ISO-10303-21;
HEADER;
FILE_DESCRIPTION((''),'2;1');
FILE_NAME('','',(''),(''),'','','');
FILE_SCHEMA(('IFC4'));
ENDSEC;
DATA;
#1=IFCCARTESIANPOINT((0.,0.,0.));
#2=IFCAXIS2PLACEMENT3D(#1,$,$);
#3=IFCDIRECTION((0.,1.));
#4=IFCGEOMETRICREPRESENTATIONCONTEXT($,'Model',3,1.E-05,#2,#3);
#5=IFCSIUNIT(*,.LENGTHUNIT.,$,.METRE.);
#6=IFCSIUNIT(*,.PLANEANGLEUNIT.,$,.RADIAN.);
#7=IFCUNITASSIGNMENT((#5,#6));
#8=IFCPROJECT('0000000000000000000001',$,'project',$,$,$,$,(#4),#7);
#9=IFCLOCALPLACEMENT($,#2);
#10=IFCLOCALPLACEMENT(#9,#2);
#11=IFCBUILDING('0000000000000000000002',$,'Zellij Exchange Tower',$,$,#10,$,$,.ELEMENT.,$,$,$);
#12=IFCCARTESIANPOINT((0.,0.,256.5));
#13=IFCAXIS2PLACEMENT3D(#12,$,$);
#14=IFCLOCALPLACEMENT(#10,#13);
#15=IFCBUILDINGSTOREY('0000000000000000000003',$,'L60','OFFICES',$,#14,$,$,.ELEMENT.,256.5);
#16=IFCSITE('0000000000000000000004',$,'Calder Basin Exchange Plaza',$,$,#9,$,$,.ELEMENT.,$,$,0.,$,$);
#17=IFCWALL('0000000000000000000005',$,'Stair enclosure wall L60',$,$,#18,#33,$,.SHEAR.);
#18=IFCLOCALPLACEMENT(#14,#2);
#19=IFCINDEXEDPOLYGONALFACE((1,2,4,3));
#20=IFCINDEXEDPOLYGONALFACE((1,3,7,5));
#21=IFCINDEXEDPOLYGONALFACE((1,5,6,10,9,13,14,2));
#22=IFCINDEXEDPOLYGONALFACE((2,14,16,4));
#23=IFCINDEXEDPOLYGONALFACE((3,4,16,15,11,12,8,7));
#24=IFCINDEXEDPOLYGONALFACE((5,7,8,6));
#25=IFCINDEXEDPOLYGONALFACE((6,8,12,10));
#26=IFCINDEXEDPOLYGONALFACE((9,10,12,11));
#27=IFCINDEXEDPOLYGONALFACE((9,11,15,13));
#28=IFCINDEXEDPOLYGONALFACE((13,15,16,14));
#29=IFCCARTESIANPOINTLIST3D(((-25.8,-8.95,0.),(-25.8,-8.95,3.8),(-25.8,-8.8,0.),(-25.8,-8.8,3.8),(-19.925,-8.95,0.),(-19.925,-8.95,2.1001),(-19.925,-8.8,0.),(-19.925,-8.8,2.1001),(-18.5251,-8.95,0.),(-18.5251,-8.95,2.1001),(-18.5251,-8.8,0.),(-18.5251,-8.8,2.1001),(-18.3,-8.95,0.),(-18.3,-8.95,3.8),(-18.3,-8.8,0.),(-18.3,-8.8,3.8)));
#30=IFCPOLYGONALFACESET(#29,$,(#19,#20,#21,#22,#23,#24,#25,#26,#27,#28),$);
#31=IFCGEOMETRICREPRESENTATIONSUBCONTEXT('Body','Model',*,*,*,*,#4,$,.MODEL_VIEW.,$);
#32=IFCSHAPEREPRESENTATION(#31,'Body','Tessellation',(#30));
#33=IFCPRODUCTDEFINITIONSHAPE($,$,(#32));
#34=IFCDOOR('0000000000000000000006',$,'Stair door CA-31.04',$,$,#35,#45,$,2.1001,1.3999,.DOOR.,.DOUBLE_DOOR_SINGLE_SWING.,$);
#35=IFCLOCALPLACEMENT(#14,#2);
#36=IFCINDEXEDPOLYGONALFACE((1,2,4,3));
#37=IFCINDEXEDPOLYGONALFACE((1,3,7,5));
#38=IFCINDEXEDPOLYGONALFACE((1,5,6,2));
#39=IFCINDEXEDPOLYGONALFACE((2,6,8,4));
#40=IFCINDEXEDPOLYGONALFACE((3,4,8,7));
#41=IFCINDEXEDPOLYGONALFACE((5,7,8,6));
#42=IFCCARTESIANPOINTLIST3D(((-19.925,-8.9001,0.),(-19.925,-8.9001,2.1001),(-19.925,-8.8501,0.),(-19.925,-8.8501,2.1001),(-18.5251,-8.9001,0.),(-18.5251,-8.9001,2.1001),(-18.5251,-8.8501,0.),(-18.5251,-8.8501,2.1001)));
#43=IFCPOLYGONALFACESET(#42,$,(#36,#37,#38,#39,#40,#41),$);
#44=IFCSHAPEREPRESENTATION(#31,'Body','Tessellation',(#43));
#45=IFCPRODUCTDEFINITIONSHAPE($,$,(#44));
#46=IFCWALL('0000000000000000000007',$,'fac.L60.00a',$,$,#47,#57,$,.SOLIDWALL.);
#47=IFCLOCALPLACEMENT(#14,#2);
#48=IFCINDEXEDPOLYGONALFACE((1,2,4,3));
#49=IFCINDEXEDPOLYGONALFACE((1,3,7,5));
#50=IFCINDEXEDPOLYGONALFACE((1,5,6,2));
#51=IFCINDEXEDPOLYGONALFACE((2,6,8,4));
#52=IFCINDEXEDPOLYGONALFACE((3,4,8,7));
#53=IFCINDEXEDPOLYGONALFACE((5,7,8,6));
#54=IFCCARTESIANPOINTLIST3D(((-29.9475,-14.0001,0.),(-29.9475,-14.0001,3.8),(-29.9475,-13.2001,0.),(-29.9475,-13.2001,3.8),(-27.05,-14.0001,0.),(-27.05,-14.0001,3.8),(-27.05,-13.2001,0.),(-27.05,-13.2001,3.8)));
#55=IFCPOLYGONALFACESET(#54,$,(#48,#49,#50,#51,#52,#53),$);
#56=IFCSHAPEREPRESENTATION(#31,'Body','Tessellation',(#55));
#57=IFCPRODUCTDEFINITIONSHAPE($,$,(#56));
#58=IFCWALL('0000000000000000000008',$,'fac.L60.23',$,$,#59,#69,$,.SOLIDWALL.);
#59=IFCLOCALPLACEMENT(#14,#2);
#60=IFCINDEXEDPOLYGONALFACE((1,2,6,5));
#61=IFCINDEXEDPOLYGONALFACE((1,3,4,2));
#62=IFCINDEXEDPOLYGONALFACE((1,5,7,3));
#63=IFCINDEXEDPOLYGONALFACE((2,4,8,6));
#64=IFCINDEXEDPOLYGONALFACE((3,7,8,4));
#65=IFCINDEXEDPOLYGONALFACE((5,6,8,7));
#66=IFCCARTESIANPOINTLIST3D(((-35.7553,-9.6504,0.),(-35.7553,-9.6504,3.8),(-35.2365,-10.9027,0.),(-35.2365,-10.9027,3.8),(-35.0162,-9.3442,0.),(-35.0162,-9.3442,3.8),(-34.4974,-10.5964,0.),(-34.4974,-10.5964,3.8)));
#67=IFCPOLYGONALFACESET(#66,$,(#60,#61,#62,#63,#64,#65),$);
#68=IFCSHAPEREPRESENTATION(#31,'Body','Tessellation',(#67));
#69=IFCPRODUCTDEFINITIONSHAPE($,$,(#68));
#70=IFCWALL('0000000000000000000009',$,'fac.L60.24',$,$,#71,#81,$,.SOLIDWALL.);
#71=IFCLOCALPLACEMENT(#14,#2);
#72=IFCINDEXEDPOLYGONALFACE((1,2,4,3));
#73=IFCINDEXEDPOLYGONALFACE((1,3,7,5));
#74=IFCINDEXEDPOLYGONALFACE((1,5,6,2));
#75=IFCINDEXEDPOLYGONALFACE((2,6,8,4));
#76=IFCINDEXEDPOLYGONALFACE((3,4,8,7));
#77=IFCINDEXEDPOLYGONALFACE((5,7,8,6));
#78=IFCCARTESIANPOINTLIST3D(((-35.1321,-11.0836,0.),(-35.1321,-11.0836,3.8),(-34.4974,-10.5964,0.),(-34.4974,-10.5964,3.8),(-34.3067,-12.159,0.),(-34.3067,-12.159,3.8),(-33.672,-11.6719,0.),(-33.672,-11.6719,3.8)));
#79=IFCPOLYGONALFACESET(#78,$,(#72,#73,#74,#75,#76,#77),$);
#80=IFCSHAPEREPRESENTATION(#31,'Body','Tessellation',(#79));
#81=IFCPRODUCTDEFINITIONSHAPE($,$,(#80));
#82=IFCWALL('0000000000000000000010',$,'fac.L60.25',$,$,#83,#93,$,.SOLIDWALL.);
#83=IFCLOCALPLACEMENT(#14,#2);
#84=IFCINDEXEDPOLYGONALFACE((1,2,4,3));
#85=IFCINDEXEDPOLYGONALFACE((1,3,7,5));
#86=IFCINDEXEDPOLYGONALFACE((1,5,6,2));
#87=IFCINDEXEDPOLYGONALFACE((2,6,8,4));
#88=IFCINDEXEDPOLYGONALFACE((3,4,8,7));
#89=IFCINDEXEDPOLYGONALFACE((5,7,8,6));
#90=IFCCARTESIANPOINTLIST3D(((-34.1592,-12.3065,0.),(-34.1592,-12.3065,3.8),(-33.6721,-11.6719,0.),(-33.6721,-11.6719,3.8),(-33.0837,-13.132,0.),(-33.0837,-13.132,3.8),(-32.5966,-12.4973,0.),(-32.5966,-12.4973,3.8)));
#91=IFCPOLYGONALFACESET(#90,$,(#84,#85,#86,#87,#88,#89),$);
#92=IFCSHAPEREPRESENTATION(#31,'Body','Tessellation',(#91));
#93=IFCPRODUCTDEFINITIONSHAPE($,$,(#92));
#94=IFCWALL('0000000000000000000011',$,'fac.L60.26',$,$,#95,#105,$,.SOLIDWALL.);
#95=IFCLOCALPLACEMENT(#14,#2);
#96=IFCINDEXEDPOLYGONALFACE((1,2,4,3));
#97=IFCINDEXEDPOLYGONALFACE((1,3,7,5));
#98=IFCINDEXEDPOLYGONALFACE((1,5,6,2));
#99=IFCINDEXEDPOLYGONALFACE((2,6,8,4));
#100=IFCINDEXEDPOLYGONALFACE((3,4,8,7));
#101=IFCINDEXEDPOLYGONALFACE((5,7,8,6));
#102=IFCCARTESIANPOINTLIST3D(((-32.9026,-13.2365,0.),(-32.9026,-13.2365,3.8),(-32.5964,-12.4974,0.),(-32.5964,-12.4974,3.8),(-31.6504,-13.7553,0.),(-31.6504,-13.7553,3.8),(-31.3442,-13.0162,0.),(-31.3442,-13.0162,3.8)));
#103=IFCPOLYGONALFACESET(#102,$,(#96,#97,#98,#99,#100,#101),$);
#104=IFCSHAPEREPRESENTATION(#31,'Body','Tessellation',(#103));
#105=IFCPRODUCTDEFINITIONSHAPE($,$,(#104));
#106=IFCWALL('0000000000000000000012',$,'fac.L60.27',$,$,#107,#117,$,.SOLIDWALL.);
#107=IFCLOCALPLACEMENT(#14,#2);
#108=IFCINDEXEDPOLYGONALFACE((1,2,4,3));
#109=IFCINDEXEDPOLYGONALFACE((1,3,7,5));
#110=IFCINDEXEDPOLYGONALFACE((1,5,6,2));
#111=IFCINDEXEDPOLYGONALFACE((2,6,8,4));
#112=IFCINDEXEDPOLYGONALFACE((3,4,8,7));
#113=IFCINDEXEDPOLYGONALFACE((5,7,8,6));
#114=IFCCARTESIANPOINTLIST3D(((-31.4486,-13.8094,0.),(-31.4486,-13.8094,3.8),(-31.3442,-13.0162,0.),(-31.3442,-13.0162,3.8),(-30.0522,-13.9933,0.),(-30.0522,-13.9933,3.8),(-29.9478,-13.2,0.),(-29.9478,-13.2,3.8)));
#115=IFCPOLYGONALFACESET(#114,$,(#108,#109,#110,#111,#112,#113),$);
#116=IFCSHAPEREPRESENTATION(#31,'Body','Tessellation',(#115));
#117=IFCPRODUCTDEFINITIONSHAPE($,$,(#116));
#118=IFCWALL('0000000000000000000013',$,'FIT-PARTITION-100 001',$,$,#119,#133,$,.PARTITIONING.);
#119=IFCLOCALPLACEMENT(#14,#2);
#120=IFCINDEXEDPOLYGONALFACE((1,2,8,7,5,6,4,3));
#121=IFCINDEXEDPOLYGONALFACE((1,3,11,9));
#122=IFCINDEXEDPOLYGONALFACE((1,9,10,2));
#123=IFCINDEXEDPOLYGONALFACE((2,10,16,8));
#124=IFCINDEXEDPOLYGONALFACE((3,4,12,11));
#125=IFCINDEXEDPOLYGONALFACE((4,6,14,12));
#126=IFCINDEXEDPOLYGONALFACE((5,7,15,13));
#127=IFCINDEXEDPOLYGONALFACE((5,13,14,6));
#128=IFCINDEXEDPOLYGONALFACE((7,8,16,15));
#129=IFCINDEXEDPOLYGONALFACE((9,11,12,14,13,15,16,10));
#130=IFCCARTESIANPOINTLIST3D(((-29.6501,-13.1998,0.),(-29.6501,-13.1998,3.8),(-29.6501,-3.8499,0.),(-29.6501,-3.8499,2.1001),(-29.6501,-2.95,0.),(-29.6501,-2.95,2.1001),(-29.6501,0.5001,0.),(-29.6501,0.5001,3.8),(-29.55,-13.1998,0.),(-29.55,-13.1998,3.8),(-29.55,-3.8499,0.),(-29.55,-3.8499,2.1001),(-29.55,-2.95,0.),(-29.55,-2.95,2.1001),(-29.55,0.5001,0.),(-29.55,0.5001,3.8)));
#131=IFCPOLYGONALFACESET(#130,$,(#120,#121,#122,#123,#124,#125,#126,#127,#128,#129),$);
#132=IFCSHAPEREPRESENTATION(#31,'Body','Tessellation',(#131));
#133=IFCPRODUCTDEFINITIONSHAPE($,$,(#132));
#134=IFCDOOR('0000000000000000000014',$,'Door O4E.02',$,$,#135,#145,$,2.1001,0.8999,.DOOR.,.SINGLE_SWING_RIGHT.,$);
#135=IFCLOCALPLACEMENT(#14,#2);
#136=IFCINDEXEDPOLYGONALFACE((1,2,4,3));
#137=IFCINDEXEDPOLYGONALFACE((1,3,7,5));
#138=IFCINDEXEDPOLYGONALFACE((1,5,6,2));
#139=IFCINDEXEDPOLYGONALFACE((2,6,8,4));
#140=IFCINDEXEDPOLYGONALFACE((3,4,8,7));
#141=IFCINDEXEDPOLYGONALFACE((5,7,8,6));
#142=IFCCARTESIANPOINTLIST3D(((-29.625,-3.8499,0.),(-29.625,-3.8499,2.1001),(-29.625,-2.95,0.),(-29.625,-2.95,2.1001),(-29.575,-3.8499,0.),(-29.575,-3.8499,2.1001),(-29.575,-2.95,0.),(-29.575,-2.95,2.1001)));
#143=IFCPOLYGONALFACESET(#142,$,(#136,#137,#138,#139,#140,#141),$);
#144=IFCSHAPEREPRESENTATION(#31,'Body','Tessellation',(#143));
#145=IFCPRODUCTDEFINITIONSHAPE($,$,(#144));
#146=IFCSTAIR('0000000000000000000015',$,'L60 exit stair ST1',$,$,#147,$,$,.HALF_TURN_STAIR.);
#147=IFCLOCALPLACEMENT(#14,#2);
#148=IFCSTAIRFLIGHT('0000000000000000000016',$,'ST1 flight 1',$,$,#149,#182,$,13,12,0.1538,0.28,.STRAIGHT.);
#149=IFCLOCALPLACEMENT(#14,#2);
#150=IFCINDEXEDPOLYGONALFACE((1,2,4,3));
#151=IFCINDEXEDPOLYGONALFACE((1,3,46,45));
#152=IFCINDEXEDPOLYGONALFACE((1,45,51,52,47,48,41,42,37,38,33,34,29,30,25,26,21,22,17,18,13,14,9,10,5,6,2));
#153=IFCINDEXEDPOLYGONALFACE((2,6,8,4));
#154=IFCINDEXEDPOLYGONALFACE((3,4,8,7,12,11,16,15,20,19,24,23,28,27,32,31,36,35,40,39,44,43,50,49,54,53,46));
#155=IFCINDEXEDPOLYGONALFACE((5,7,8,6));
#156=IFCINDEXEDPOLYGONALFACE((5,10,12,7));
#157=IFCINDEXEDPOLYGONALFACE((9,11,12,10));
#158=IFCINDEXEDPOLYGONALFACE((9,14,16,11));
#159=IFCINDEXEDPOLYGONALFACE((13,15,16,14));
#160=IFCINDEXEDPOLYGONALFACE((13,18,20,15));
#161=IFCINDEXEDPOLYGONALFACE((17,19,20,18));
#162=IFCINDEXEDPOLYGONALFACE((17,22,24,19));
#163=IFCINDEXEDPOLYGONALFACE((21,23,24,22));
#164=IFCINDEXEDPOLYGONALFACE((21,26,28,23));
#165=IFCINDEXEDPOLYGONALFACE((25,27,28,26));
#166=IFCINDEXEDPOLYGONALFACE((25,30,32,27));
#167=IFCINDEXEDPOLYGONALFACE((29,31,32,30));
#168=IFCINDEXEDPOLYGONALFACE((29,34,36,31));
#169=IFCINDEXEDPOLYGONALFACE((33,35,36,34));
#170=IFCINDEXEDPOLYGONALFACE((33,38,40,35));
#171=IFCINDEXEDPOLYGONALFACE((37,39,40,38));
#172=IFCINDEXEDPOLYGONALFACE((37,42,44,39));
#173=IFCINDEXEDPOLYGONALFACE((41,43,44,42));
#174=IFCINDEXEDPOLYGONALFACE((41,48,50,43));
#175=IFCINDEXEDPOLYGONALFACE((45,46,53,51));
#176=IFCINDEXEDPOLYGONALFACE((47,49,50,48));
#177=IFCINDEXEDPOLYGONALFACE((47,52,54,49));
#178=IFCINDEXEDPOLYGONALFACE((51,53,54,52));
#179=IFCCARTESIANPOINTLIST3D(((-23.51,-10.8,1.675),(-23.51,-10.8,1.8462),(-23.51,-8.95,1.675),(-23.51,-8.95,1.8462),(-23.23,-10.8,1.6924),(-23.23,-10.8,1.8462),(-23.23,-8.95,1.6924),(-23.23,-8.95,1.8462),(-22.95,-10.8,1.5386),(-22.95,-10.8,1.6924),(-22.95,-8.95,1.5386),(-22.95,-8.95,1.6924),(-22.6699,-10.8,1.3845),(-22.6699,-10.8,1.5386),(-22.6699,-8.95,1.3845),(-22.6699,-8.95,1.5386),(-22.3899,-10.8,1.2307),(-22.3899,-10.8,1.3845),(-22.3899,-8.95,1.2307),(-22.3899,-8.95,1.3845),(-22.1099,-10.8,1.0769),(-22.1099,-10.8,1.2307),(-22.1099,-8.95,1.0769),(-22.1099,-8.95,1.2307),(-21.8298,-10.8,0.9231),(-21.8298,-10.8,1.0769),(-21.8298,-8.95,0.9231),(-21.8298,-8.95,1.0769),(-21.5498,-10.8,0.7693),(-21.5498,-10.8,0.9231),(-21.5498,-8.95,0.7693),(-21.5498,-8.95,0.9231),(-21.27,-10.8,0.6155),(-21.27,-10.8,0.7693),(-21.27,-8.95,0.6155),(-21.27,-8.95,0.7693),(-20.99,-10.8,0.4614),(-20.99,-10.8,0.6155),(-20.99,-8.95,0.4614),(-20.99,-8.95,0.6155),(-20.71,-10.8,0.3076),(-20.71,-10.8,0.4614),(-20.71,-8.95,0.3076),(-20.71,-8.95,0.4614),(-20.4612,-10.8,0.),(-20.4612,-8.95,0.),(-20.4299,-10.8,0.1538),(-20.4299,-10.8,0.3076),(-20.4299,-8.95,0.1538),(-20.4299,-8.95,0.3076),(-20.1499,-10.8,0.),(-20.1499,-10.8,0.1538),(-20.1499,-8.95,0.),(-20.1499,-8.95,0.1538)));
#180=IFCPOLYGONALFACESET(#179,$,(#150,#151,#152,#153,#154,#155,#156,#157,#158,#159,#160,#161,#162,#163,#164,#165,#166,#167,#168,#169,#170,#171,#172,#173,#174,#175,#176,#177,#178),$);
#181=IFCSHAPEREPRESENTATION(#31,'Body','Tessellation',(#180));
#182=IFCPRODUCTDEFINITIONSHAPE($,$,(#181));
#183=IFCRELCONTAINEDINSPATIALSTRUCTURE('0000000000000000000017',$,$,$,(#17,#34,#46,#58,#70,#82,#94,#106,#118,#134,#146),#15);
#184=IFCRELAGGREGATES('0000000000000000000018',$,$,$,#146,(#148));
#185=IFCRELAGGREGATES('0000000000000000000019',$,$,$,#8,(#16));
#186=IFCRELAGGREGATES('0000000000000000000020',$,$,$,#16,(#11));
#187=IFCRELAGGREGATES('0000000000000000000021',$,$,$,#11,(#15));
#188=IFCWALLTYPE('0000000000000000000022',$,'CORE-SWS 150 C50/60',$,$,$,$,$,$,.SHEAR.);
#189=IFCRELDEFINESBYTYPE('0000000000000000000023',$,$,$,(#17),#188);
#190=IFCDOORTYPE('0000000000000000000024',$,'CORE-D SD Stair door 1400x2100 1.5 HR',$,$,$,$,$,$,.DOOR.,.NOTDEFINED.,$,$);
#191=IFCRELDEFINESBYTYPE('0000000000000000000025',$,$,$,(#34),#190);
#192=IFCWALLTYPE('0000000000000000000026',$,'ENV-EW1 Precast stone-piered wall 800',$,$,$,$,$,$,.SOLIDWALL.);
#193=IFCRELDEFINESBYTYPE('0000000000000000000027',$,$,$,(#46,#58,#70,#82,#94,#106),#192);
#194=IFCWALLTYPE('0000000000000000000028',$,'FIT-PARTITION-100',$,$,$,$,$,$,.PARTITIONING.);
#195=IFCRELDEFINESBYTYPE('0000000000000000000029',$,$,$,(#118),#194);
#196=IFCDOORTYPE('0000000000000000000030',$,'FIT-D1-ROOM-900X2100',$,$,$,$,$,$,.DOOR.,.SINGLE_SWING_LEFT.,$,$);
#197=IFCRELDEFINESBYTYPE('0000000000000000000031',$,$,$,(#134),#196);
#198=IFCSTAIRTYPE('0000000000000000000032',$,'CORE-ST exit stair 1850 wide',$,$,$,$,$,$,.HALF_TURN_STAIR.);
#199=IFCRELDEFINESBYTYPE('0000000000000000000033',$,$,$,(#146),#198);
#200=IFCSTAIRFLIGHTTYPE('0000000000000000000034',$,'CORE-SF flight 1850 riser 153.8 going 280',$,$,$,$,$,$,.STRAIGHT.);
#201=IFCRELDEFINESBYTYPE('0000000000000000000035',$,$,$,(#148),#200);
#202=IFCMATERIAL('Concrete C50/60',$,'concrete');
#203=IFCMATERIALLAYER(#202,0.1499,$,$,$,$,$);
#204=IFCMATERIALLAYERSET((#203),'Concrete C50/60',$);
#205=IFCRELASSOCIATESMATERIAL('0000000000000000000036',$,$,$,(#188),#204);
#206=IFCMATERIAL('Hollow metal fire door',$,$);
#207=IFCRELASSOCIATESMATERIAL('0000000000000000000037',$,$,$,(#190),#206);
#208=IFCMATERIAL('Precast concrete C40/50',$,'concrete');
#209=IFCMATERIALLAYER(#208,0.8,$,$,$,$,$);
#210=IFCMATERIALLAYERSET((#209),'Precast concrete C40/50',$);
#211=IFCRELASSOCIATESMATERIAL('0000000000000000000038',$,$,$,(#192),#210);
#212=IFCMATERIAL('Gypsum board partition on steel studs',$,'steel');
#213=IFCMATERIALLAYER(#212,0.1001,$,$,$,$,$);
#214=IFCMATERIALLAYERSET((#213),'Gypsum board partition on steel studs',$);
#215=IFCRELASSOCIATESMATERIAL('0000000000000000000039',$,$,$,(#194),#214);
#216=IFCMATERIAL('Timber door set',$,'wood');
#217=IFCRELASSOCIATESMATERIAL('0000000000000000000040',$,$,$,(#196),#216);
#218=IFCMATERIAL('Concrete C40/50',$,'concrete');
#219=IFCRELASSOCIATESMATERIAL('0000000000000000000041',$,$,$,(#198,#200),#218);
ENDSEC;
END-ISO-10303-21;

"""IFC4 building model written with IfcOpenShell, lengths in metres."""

from ifc_helpers import new_model, si_unit, direction, frame, frame_2d, origin, place, context, subcontext, project, spatial, polyline, rectangle, outline, extrude, material, layer, layer_set, type_object, element, fill, aggregate, save


model = new_model("IFC4")

# Units and contexts
model_context = context("Model", 3, precision=1e-05, world=origin(), true_north=direction((0.0, 1.0)))
body_context = subcontext(model_context, "Body", "Model", "MODEL_VIEW")
ifc_project = project(units=[si_unit("LENGTHUNIT", "METRE"), si_unit("PLANEANGLEUNIT", "RADIAN")], contexts=[model_context])

# Site, building, storey
site_placement = place(None, origin())
site = spatial("IfcSite", under=ifc_project, at=site_placement, Name="Calder Basin Exchange Plaza", CompositionType="ELEMENT", RefElevation=0.0)
building_placement = place(site_placement, origin())
building = spatial("IfcBuilding", under=site, at=building_placement, Name="Zellij Exchange Tower", CompositionType="ELEMENT")
storey_placement = place(building_placement, frame((0.0, 0.0, 256.5)))
storey = spatial("IfcBuildingStorey", under=building, at=storey_placement, Name="L60", Description="OFFICES", CompositionType="ELEMENT", Elevation=256.5)

# Shared definitions
ifc_material_1 = material(Name="Concrete C50/60", Category="concrete")

# Wall, opening, door
ifc_material_2 = material(Name="Hollow metal fire door")
ifc_layer_1 = layer(ifc_material_1, 0.1499)
ifc_layer_set_1 = layer_set([ifc_layer_1], Name="Concrete C50/60")
wall_type_1 = type_object("IfcWallType", Name="CORE-SWS 150 C50/60", PredefinedType="SHEAR", material=ifc_layer_set_1)
wall_1_placement = place(storey_placement, frame((-25.8, -8.875, 0.0), z_axis=(0.0, 0.0, 1.0), x_axis=(1.0, 0.0, 0.0)))
wall_1 = element("IfcWall", 1, at=wall_1_placement, inside=storey, type_object=wall_type_1, Name="Stair enclosure wall L60", PredefinedType="SHEAR", context=body_context, shape_type="SweptSolid", body=[
    extrude(rectangle(XDim=7.5, YDim=0.1499, at=frame_2d((3.75, 0.0))), origin(), (0.0, 0.0, 1.0), 3.8),
])
opening_1_placement = place(wall_1_placement, frame((5.875, 0.0, 0.0)))
opening_1 = element("IfcOpeningElement", 2, at=opening_1_placement, cuts=wall_1, PredefinedType="OPENING", context=body_context, shape_type="SweptSolid", body=[
    extrude(rectangle(XDim=1.3999, YDim=2.1001, at=frame_2d((0.7, 1.05))), frame((0.0, 0.0869, 0.0), z_axis=(0.0, -1.0, 0.0), x_axis=(1.0, 0.0, 0.0)), (0.0, 0.0, 1.0), 0.1738),
])
door_type_1 = type_object("IfcDoorType", Name="CORE-D SD Stair door 1400x2100 1.5 HR", OperationType="NOTDEFINED", PredefinedType="DOOR", material=ifc_material_2)
door_1_placement = place(opening_1_placement, origin())
door_1 = element("IfcDoor", 3, at=door_1_placement, inside=storey, type_object=door_type_1, Name="Stair door CA-31.04", OperationType="DOUBLE_DOOR_SINGLE_SWING", OverallHeight=2.1001, OverallWidth=1.3999, PredefinedType="DOOR", context=body_context, shape_type="SweptSolid", body=[
    extrude(rectangle(XDim=1.3999, YDim=2.1001, at=frame_2d((0.7, 1.05))), frame((0.0, 0.0249, 0.0), z_axis=(0.0, -1.0, 0.0), x_axis=(1.0, 0.0, 0.0)), (0.0, 0.0, 1.0), 0.05),
])
fill(opening_1, door_1)

# Walls
ifc_material_3 = material(Name="Precast concrete C40/50", Category="concrete")
ifc_layer_2 = layer(ifc_material_3, 0.8)
ifc_layer_set_2 = layer_set([ifc_layer_2], Name="Precast concrete C40/50")
wall_type_2 = type_object("IfcWallType", Name="ENV-EW1 Precast stone-piered wall 800", PredefinedType="SOLIDWALL", material=ifc_layer_set_2)
wall_2_placement = place(storey_placement, frame((-29.9475, -13.6001, 0.0), z_axis=(0.0, 0.0, 1.0), x_axis=(1.0, 0.0, 0.0)))
element("IfcWall", 4, at=wall_2_placement, inside=storey, type_object=wall_type_2, Name="fac.L60.00a", PredefinedType="SOLIDWALL", context=body_context, shape_type="SweptSolid", body=[
    extrude(rectangle(XDim=2.8975, YDim=0.8, at=frame_2d((1.4487, 0.0))), origin(), (0.0, 0.0, 1.0), 3.8),
])
wall_3_placement = place(storey_placement, frame((-35.3857, -9.4973, 0.0), z_axis=(0.0, 0.0, 1.0), x_axis=(0.38276, -0.923848, 0.0)))
element("IfcWall", 5, at=wall_3_placement, inside=storey, type_object=wall_type_2, Name="fac.L60.23", PredefinedType="SOLIDWALL", context=body_context, shape_type="SweptSolid", body=[
    extrude(rectangle(XDim=1.3555, YDim=0.8, at=frame_2d((0.6777, 0.0))), origin(), (0.0, 0.0, 1.0), 3.8),
])
for number, where, z_axis, x_axis, name in (
    (6, (-34.8147, -10.8401, 0.0), (0.0, 0.0, 1.0), (0.608866, -0.793273, 0.0), "fac.L60.24"),
    (7, (-33.9155, -11.9893, 0.0), (0.0, 0.0, 1.0), (0.793273, -0.608866, 0.0), "fac.L60.25"),
):
    element("IfcWall", number, at=place(storey_placement, frame(where, z_axis=z_axis, x_axis=x_axis)), inside=storey, type_object=wall_type_2, Name=name, PredefinedType="SOLIDWALL", context=body_context, shape_type="SweptSolid", body=[
        extrude(rectangle(XDim=1.3557, YDim=0.8, at=frame_2d((0.6777, 0.0))), origin(), (0.0, 0.0, 1.0), 3.8),
    ])
wall_4_placement = place(storey_placement, frame((-32.7495, -12.8669, 0.0), z_axis=(0.0, 0.0, 1.0), x_axis=(0.923848, -0.38276, 0.0)))
element("IfcWall", 8, at=wall_4_placement, inside=storey, type_object=wall_type_2, Name="fac.L60.26", PredefinedType="SOLIDWALL", context=body_context, shape_type="SweptSolid", body=[
    extrude(rectangle(XDim=1.3555, YDim=0.8, at=frame_2d((0.6777, 0.0))), origin(), (0.0, 0.0, 1.0), 3.8),
])
wall_5_placement = place(storey_placement, frame((-31.3962, -13.4128, 0.0), z_axis=(0.0, 0.0, 1.0), x_axis=(0.991446, -0.130517, 0.0)))
element("IfcWall", 9, at=wall_5_placement, inside=storey, type_object=wall_type_2, Name="fac.L60.27", PredefinedType="SOLIDWALL", context=body_context, shape_type="SweptSolid", body=[
    extrude(rectangle(XDim=1.4084, YDim=0.8, at=frame_2d((0.7041, 0.0))), origin(), (0.0, 0.0, 1.0), 3.8),
])

# Wall, opening, door
ifc_material_4 = material(Name="Gypsum board partition on steel studs", Category="steel")
ifc_layer_3 = layer(ifc_material_4, 0.1001)
ifc_layer_set_3 = layer_set([ifc_layer_3], Name="Gypsum board partition on steel studs")
wall_type_3 = type_object("IfcWallType", Name="FIT-PARTITION-100", PredefinedType="PARTITIONING", material=ifc_layer_set_3)
wall_6_placement = place(storey_placement, frame((-29.6001, -13.2, 0.0), z_axis=(0.0, 0.0, 1.0), x_axis=(0.0, 1.0, 0.0)))
wall_6 = element("IfcWall", 10, at=wall_6_placement, inside=storey, type_object=wall_type_3, Name="FIT-PARTITION-100 001", PredefinedType="PARTITIONING", context=body_context, shape_type="SweptSolid", body=[
    extrude(rectangle(XDim=13.7, YDim=0.1001, at=frame_2d((6.8501, 0.0))), origin(), (0.0, 0.0, 1.0), 3.8),
])
opening_2_placement = place(wall_6_placement, frame((9.3501, 0.0, 0.0)))
opening_2 = element("IfcOpeningElement", 11, at=opening_2_placement, cuts=wall_6, PredefinedType="OPENING", context=body_context, shape_type="SweptSolid", body=[
    extrude(rectangle(XDim=0.8999, YDim=2.1001, at=frame_2d((0.45, 1.05))), frame((0.0, 0.062, 0.0), z_axis=(0.0, -1.0, 0.0), x_axis=(1.0, 0.0, 0.0)), (0.0, 0.0, 1.0), 0.124),
])
ifc_material_5 = material(Name="Timber door set", Category="wood")
door_type_2 = type_object("IfcDoorType", Name="FIT-D1-ROOM-900X2100", OperationType="SINGLE_SWING_LEFT", PredefinedType="DOOR", material=ifc_material_5)
door_2_placement = place(opening_2_placement, origin())
door_2 = element("IfcDoor", 12, at=door_2_placement, inside=storey, type_object=door_type_2, Name="Door O4E.02", OperationType="SINGLE_SWING_RIGHT", OverallHeight=2.1001, OverallWidth=0.8999, PredefinedType="DOOR", context=body_context, shape_type="SweptSolid", body=[
    extrude(rectangle(XDim=0.8999, YDim=2.1001, at=frame_2d((0.45, 1.05))), frame((0.0, 0.0249, 0.0), z_axis=(0.0, -1.0, 0.0), x_axis=(1.0, 0.0, 0.0)), (0.0, 0.0, 1.0), 0.05),
])
fill(opening_2, door_2)

# Stair, stair flight
ifc_material_6 = material(Name="Concrete C40/50", Category="concrete")
stair_type = type_object("IfcStairType", Name="CORE-ST exit stair 1850 wide", PredefinedType="HALF_TURN_STAIR", material=ifc_material_6)
stair_placement = place(storey_placement, origin())
stair = element("IfcStair", 13, at=stair_placement, inside=storey, type_object=stair_type, Name="L60 exit stair ST1", PredefinedType="HALF_TURN_STAIR")
stair_flight_type = type_object("IfcStairFlightType", Name="CORE-SF flight 1850 riser 153.8 going 280", PredefinedType="STRAIGHT", material=ifc_material_6)
stair_flight_1_placement = place(storey_placement, frame((-20.1499, -9.875, 0.0), z_axis=(0.0, 0.0, 1.0), x_axis=(-1.0, 0.0, 0.0)))
stair_flight_1 = element("IfcStairFlight", 14, at=stair_flight_1_placement, type_object=stair_flight_type, Name="ST1 flight 1", NumberOfRisers=13, NumberOfTreads=12, PredefinedType="STRAIGHT", RiserHeight=0.1538, TreadLength=0.28, context=body_context, shape_type="SweptSolid", body=[
    extrude(outline(polyline([(0.0, 0.0), (0.0, 0.1538), (0.28, 0.1538), (0.28, 0.3076), (0.5601, 0.3076), (0.5601, 0.4614), (0.8401, 0.4614), (0.8401, 0.6155), (1.1201, 0.6155), (1.1201, 0.7693), (1.3999, 0.7693), (1.3999, 0.9231), (1.6799, 0.9231), (1.6799, 1.0769), (1.96, 1.0769), (1.96, 1.2307), (2.24, 1.2307), (2.24, 1.3845), (2.52, 1.3845), (2.52, 1.5386), (2.8, 1.5386), (2.8, 1.6924), (3.0801, 1.6924), (3.0801, 1.8462), (3.3601, 1.8462), (3.3601, 2.0), (3.3601, 1.675), (0.3113, 0.0), (0.0, 0.0)])), frame((0.0, 0.925, 0.0), z_axis=(0.0, -1.0, 0.0), x_axis=(1.0, 0.0, 0.0)), (0.0, 0.0, 1.0), 1.8501),
])
aggregate(stair, [stair_flight_1])

save(model, "model.ifc")
